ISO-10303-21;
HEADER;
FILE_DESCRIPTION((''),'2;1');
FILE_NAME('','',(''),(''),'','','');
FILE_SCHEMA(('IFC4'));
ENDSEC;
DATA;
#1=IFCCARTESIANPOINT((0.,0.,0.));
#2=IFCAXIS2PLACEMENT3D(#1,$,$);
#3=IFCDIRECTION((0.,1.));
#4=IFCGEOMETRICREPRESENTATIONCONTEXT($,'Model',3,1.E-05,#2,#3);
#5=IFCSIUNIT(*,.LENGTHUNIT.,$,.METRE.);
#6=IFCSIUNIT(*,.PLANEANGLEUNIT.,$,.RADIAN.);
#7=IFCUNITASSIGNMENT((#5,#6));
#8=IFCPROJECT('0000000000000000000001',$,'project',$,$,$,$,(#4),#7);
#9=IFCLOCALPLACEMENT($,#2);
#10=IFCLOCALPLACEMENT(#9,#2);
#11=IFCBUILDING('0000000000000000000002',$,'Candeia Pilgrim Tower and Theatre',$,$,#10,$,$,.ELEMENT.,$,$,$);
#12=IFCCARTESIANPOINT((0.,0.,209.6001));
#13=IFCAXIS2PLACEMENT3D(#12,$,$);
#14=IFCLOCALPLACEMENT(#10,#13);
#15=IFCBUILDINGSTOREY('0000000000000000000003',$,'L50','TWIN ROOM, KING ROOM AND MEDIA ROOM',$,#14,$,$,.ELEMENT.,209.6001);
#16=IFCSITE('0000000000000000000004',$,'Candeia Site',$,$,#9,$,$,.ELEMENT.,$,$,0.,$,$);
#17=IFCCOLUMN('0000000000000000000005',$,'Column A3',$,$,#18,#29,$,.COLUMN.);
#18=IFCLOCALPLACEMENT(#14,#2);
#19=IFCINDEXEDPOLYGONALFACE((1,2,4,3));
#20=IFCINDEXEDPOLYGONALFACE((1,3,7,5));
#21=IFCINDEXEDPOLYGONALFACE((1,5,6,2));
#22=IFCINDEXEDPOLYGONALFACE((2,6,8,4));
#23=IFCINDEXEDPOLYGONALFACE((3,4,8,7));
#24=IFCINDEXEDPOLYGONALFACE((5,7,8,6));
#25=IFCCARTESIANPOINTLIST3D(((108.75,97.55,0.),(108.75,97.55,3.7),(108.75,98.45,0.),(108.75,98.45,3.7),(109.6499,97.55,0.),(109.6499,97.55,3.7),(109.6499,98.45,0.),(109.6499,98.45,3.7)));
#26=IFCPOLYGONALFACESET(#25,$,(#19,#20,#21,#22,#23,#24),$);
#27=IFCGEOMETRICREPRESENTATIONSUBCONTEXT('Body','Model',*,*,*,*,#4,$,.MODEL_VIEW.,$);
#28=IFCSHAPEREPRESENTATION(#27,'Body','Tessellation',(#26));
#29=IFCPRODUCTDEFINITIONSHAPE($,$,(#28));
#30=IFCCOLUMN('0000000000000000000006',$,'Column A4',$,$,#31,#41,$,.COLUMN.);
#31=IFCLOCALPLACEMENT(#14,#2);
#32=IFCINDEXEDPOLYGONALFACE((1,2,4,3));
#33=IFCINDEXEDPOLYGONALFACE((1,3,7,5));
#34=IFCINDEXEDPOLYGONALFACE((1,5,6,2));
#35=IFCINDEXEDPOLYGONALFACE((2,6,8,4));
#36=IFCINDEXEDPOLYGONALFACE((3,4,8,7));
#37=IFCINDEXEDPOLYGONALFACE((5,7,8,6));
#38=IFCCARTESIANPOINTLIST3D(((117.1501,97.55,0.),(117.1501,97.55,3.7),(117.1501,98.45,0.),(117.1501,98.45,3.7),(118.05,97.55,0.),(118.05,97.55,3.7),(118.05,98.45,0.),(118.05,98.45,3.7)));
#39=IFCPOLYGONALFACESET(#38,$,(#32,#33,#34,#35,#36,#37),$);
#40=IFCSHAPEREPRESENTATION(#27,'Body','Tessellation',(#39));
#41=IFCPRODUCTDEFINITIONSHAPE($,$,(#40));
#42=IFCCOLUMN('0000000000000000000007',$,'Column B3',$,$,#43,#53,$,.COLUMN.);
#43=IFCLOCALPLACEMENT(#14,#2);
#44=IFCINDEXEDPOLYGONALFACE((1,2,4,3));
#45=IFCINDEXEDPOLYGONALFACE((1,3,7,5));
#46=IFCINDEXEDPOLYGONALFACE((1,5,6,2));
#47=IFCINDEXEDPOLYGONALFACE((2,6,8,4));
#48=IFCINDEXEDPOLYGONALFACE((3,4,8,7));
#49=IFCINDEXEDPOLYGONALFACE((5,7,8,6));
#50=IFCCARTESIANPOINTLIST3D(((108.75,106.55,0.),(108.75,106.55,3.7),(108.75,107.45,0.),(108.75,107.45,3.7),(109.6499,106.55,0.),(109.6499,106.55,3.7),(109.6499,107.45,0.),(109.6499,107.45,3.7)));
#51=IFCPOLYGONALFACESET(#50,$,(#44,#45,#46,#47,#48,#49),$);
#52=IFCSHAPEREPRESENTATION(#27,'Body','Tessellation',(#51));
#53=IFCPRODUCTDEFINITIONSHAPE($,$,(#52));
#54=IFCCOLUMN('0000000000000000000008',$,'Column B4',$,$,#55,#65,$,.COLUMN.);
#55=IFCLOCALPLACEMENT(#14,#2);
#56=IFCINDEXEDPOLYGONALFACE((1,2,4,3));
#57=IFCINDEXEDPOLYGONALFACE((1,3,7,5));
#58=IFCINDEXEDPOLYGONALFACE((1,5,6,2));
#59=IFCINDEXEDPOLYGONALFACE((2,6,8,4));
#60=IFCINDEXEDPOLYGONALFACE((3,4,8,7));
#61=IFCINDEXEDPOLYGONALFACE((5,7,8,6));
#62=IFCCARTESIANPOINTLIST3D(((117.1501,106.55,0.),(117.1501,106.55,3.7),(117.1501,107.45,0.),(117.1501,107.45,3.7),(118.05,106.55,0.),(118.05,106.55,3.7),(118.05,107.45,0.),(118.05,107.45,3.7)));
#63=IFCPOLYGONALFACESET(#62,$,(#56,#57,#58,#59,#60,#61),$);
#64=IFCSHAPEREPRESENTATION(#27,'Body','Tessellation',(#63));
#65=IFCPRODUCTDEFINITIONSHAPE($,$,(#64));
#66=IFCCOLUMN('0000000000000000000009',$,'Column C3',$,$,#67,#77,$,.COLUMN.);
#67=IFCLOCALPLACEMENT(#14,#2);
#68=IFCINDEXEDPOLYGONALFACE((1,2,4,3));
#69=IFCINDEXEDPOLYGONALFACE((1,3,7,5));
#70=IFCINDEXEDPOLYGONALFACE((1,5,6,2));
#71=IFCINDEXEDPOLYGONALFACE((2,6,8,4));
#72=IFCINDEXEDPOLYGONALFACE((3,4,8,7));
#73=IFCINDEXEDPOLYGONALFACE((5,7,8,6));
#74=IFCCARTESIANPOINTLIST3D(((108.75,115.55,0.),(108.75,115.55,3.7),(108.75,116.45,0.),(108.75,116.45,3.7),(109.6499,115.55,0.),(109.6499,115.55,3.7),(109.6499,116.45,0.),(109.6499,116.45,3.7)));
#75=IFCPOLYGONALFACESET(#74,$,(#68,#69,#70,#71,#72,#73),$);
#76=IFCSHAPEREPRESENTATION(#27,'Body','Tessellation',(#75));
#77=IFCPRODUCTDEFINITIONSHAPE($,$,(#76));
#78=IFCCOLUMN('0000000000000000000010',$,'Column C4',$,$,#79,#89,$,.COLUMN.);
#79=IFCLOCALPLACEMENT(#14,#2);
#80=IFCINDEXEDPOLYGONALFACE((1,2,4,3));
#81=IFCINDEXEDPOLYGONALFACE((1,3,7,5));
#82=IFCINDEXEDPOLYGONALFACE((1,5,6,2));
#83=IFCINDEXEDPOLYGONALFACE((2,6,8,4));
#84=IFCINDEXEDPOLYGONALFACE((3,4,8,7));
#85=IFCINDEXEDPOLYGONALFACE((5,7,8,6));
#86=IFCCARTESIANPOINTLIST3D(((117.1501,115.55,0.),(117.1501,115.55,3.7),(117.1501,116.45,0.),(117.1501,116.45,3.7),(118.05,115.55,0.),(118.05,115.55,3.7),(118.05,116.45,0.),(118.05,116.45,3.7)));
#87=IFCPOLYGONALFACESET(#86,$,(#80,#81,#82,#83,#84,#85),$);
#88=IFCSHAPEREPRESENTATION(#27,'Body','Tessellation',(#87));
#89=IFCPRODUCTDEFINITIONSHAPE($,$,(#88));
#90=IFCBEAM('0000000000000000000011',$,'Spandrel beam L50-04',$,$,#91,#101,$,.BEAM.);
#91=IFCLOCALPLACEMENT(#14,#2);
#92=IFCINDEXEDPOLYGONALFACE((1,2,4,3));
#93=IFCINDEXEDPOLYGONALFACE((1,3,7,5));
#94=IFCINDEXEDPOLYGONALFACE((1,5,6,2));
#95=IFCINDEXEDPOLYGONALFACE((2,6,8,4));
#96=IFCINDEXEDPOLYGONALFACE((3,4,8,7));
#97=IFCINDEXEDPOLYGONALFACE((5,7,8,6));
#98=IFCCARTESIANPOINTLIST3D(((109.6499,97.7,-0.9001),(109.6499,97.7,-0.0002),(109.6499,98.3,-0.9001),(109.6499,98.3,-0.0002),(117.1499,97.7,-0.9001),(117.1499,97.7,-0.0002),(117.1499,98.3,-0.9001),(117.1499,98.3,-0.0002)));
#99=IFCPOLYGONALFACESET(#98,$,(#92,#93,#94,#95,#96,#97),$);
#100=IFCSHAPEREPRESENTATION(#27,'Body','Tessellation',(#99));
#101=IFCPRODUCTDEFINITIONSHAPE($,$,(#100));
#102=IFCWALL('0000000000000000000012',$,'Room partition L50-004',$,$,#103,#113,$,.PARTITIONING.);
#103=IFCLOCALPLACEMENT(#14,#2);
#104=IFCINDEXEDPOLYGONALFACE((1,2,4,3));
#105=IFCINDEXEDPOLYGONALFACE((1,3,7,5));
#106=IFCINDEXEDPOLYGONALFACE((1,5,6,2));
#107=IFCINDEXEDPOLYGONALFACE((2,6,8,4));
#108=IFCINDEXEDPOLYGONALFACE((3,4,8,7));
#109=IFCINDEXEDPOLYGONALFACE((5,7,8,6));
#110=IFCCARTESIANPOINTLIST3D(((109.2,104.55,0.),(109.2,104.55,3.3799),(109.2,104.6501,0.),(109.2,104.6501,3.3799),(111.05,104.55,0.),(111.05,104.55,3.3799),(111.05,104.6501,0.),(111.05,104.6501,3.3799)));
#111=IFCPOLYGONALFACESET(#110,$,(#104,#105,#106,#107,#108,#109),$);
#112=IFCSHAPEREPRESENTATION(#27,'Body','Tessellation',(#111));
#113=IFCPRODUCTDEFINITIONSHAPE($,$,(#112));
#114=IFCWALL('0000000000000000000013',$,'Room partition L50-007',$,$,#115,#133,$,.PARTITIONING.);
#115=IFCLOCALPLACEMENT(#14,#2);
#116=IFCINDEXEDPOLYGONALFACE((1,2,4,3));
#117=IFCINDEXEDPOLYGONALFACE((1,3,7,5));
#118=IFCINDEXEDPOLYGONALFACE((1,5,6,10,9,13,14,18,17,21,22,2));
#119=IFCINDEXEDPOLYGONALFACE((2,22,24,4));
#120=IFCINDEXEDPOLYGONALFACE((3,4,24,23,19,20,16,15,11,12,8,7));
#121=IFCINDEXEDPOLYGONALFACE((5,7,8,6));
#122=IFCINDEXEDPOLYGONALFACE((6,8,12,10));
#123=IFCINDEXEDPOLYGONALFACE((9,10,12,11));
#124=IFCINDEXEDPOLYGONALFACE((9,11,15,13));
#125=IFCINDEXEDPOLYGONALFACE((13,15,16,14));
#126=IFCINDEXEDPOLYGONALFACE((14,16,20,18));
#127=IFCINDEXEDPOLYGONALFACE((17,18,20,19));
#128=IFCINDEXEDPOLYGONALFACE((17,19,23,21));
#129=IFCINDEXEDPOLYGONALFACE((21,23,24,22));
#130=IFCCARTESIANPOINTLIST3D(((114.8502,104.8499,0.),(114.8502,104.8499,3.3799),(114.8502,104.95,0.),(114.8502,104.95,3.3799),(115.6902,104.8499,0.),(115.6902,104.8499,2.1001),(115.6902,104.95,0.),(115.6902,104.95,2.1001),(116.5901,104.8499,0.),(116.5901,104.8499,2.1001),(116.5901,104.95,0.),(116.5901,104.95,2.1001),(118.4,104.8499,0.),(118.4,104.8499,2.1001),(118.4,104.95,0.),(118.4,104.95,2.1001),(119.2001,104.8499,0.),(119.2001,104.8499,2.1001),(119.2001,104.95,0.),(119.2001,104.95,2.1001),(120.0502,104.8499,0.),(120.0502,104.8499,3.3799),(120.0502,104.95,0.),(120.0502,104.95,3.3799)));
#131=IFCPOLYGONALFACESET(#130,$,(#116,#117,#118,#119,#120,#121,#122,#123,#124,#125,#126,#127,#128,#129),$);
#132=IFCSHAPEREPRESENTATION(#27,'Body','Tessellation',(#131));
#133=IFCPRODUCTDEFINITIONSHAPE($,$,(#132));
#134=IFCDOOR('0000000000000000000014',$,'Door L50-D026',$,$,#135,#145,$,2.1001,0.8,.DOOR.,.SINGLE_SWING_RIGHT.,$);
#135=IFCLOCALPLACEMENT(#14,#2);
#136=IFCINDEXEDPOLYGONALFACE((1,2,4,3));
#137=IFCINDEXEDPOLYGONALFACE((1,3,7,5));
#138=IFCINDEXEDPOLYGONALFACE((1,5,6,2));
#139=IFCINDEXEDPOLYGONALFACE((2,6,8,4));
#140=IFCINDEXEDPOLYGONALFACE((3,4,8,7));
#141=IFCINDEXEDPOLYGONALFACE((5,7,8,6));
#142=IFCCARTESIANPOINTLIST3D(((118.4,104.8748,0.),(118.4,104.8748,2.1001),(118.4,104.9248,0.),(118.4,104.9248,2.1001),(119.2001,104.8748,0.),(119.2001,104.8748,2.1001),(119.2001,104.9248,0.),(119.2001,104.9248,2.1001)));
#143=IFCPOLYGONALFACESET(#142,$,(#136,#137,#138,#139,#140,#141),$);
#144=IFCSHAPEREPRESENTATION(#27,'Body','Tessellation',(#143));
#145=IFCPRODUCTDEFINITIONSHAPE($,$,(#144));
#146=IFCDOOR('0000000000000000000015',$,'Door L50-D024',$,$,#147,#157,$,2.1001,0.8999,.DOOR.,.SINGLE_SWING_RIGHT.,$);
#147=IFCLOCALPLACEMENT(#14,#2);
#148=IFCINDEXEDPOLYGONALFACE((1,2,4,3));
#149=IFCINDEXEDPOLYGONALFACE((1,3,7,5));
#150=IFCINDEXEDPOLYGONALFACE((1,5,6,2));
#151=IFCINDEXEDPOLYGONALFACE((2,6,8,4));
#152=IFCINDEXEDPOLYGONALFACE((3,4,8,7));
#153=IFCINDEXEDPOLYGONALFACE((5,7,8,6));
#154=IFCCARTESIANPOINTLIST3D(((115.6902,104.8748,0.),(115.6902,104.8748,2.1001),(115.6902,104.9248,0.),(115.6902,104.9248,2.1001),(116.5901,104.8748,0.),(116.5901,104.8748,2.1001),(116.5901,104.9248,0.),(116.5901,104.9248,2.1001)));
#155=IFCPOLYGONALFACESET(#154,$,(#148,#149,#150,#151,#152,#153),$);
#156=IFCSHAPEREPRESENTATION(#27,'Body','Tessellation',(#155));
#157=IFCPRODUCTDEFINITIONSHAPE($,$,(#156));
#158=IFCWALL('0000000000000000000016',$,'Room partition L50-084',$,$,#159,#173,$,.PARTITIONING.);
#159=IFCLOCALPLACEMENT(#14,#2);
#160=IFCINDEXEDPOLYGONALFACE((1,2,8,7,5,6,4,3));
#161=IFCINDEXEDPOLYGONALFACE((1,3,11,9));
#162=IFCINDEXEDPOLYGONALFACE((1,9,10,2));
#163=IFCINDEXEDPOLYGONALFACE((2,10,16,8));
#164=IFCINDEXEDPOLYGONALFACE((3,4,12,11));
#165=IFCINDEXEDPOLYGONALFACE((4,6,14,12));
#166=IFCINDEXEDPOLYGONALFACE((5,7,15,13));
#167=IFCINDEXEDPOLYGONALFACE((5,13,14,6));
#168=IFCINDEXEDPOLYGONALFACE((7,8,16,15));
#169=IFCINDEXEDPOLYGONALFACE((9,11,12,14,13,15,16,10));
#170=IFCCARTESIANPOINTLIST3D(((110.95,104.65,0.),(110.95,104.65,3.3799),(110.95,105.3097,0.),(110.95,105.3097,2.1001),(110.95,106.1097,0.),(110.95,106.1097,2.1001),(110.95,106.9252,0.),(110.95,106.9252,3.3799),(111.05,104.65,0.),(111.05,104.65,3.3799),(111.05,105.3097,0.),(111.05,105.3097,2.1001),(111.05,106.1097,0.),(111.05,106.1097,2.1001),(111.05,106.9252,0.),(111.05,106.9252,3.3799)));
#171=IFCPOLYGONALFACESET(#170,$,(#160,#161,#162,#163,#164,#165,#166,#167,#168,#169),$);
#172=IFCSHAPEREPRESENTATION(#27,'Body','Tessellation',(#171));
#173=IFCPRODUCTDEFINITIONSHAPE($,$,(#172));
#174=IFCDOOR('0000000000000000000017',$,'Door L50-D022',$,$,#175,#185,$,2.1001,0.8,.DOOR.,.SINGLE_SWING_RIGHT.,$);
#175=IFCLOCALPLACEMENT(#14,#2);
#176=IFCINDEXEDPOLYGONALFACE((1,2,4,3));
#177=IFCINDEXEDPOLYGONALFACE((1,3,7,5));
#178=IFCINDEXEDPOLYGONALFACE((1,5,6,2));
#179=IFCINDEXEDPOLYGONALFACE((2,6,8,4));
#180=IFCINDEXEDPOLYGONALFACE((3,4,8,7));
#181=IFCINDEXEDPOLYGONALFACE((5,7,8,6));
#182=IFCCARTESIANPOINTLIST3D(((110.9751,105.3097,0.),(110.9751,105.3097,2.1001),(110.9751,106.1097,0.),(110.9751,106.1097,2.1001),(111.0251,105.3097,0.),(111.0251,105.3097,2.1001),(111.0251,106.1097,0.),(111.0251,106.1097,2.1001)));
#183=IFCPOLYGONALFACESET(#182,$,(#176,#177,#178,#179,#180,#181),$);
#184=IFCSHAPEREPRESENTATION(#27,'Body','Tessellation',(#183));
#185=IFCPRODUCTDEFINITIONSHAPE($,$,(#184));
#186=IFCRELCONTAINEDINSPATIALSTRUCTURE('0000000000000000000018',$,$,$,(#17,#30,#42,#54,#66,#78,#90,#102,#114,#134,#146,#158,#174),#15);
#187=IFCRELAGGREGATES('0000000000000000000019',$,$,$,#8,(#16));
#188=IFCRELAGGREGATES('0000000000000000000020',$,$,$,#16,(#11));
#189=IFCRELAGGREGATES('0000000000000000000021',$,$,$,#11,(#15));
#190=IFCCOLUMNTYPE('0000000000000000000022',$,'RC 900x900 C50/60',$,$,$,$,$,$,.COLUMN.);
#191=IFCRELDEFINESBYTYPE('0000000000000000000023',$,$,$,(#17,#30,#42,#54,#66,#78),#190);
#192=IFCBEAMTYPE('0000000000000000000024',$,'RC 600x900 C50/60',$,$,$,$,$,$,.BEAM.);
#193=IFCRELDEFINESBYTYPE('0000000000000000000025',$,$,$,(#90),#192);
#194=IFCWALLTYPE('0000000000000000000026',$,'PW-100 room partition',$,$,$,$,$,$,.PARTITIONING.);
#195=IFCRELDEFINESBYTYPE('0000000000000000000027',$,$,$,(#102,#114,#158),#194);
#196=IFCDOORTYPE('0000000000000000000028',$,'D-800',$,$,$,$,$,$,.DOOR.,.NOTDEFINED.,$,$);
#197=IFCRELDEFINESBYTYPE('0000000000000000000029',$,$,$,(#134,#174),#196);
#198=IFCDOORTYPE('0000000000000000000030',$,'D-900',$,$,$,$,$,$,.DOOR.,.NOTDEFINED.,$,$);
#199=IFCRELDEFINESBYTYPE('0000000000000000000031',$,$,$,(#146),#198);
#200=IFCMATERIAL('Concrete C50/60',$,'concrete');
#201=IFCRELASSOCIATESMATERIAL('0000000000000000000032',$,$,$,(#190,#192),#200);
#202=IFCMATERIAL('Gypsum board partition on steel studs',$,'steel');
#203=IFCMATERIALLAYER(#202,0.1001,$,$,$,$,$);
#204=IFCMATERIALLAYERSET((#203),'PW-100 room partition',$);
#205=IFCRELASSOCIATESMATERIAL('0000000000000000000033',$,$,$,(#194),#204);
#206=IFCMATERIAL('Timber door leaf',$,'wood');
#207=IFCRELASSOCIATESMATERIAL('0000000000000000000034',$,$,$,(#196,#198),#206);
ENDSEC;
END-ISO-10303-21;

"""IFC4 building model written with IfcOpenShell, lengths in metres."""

from ifc_helpers import new_model, si_unit, direction, frame, frame_2d, origin, origin_2d, place, context, subcontext, project, spatial, rectangle, extrude, material, layer, layer_set, material_profile, profile_set, type_object, element, fill, save


model = new_model("IFC4")

# Units and contexts
model_context = context("Model", 3, precision=1e-05, world=origin(), true_north=direction((0.0, 1.0)))
body_context = subcontext(model_context, "Body", "Model", "MODEL_VIEW")
ifc_project = project(units=[si_unit("LENGTHUNIT", "METRE"), si_unit("PLANEANGLEUNIT", "RADIAN")], contexts=[model_context])

# Site, building, storey
site_placement = place(None, origin())
site = spatial("IfcSite", under=ifc_project, at=site_placement, Name="Candeia Site", CompositionType="ELEMENT", RefElevation=0.0)
building_placement = place(site_placement, origin())
building = spatial("IfcBuilding", under=site, at=building_placement, Name="Candeia Pilgrim Tower and Theatre", CompositionType="ELEMENT")
storey_placement = place(building_placement, frame((0.0, 0.0, 209.6001)))
storey = spatial("IfcBuildingStorey", under=building, at=storey_placement, Name="L50", Description="TWIN ROOM, KING ROOM AND MEDIA ROOM", CompositionType="ELEMENT", Elevation=209.6001)

# Columns
ifc_material_1 = material(Name="Concrete C50/60", Category="concrete")
ifc_material_profile_1 = material_profile(ifc_material_1, rectangle(XDim=0.8999, YDim=0.8999, at=origin_2d()))
ifc_profile_set_1 = profile_set([ifc_material_profile_1], Name="Concrete C50/60")
column_type = type_object("IfcColumnType", Name="RC 900x900 C50/60", PredefinedType="COLUMN", material=ifc_profile_set_1)
for number, where, z_axis, x_axis, name in (
    (1, (109.2, 98.0, 0.0), (0.0, 0.0, 1.0), (1.0, 0.0, 0.0), "Column A3"),
    (2, (117.6001, 98.0, 0.0), (0.0, 0.0, 1.0), (1.0, 0.0, 0.0), "Column A4"),
    (3, (109.2, 107.0, 0.0), (0.0, 0.0, 1.0), (1.0, 0.0, 0.0), "Column B3"),
    (4, (117.6001, 107.0, 0.0), (0.0, 0.0, 1.0), (1.0, 0.0, 0.0), "Column B4"),
    (5, (109.2, 116.0, 0.0), (0.0, 0.0, 1.0), (1.0, 0.0, 0.0), "Column C3"),
    (6, (117.6001, 116.0, 0.0), (0.0, 0.0, 1.0), (1.0, 0.0, 0.0), "Column C4"),
):
    element("IfcColumn", number, at=place(storey_placement, frame(where, z_axis=z_axis, x_axis=x_axis)), inside=storey, type_object=column_type, Name=name, PredefinedType="COLUMN", context=body_context, shape_type="SweptSolid", body=[
        extrude(rectangle(XDim=0.8999, YDim=0.8999, at=origin_2d()), origin(), (0.0, 0.0, 1.0), 3.7),
    ])

# Beam
ifc_material_profile_2 = material_profile(ifc_material_1, rectangle(XDim=0.6001, YDim=0.8999, at=origin_2d()))
ifc_profile_set_2 = profile_set([ifc_material_profile_2], Name="Concrete C50/60")
beam_type = type_object("IfcBeamType", Name="RC 600x900 C50/60", PredefinedType="BEAM", material=ifc_profile_set_2)
beam_placement = place(storey_placement, frame((109.6499, 98.0, -0.4502), z_axis=(1.0, 0.0, 0.0), x_axis=(0.0, 1.0, 0.0)))
element("IfcBeam", 7, at=beam_placement, inside=storey, type_object=beam_type, Name="Spandrel beam L50-04", PredefinedType="BEAM", context=body_context, shape_type="SweptSolid", body=[
    extrude(rectangle(XDim=0.6001, YDim=0.8999, at=origin_2d()), origin(), (0.0, 0.0, 1.0), 7.5),
])

# Wall
ifc_material_2 = material(Name="Gypsum board partition on steel studs", Category="steel")
ifc_layer_1 = layer(ifc_material_2, 0.1001)
ifc_layer_set_1 = layer_set([ifc_layer_1], Name="PW-100 room partition")
wall_type_1 = type_object("IfcWallType", Name="PW-100 room partition", PredefinedType="PARTITIONING", material=ifc_layer_set_1)
wall_1_placement = place(storey_placement, frame((109.2, 104.6001, 0.0), z_axis=(0.0, 0.0, 1.0), x_axis=(1.0, 0.0, 0.0)))
element("IfcWall", 8, at=wall_1_placement, inside=storey, type_object=wall_type_1, Name="Room partition L50-004", PredefinedType="PARTITIONING", context=body_context, shape_type="SweptSolid", body=[
    extrude(rectangle(XDim=1.8501, YDim=0.1001, at=frame_2d((0.925, 0.0))), origin(), (0.0, 0.0, 1.0), 3.3799),
])

# Wall, openings, doors
wall_2_placement = place(storey_placement, frame((114.8501, 104.8999, 0.0), z_axis=(0.0, 0.0, 1.0), x_axis=(1.0, 0.0, 0.0)))
wall_2 = element("IfcWall", 9, at=wall_2_placement, inside=storey, type_object=wall_type_1, Name="Room partition L50-007", PredefinedType="PARTITIONING", context=body_context, shape_type="SweptSolid", body=[
    extrude(rectangle(XDim=5.2, YDim=0.1001, at=frame_2d((2.6001, 0.0))), origin(), (0.0, 0.0, 1.0), 3.3799),
])
opening_1_placement = place(wall_2_placement, frame((0.8401, 0.0, 0.0)))
opening_1 = element("IfcOpeningElement", 10, at=opening_1_placement, cuts=wall_2, PredefinedType="OPENING", context=body_context, shape_type="SweptSolid", body=[
    extrude(rectangle(XDim=0.8999, YDim=2.1001, at=frame_2d((0.45, 1.05))), frame((0.0, 0.0601, 0.0), z_axis=(0.0, -1.0, 0.0), x_axis=(1.0, 0.0, 0.0)), (0.0, 0.0, 1.0), 0.1201),
])
opening_2_placement = place(wall_2_placement, frame((3.55, 0.0, 0.0)))
opening_2 = element("IfcOpeningElement", 11, at=opening_2_placement, cuts=wall_2, PredefinedType="OPENING", context=body_context, shape_type="SweptSolid", body=[
    extrude(rectangle(XDim=0.8, YDim=2.1001, at=frame_2d((0.3999, 1.05))), frame((0.0, 0.0601, 0.0), z_axis=(0.0, -1.0, 0.0), x_axis=(1.0, 0.0, 0.0)), (0.0, 0.0, 1.0), 0.1201),
])
ifc_material_3 = material(Name="Timber door leaf", Category="wood")
door_type_1 = type_object("IfcDoorType", Name="D-800", OperationType="NOTDEFINED", PredefinedType="DOOR", material=ifc_material_3)
door_1_placement = place(opening_2_placement, origin())
door_1 = element("IfcDoor", 12, at=door_1_placement, inside=storey, type_object=door_type_1, Name="Door L50-D026", OperationType="SINGLE_SWING_RIGHT", OverallHeight=2.1001, OverallWidth=0.8, PredefinedType="DOOR", context=body_context, shape_type="SweptSolid", body=[
    extrude(rectangle(XDim=0.8, YDim=2.1001, at=frame_2d((0.3999, 1.05))), frame((0.0, 0.0249, 0.0), z_axis=(0.0, -1.0, 0.0), x_axis=(1.0, 0.0, 0.0)), (0.0, 0.0, 1.0), 0.05),
])
fill(opening_2, door_1)
door_type_2 = type_object("IfcDoorType", Name="D-900", OperationType="NOTDEFINED", PredefinedType="DOOR", material=ifc_material_3)
door_2_placement = place(opening_1_placement, origin())
door_2 = element("IfcDoor", 13, at=door_2_placement, inside=storey, type_object=door_type_2, Name="Door L50-D024", OperationType="SINGLE_SWING_RIGHT", OverallHeight=2.1001, OverallWidth=0.8999, PredefinedType="DOOR", context=body_context, shape_type="SweptSolid", body=[
    extrude(rectangle(XDim=0.8999, YDim=2.1001, at=frame_2d((0.45, 1.05))), frame((0.0, 0.0249, 0.0), z_axis=(0.0, -1.0, 0.0), x_axis=(1.0, 0.0, 0.0)), (0.0, 0.0, 1.0), 0.05),
])
fill(opening_1, door_2)

# Wall, opening, door
wall_3_placement = place(storey_placement, frame((111.0, 104.6499, 0.0), z_axis=(0.0, 0.0, 1.0), x_axis=(0.0, 1.0, 0.0)))
wall_3 = element("IfcWall", 14, at=wall_3_placement, inside=storey, type_object=wall_type_1, Name="Room partition L50-084", PredefinedType="PARTITIONING", context=body_context, shape_type="SweptSolid", body=[
    extrude(rectangle(XDim=2.2751, YDim=0.1001, at=frame_2d((1.1377, 0.0))), origin(), (0.0, 0.0, 1.0), 3.3799),
])
opening_3_placement = place(wall_3_placement, frame((0.6599, 0.0, 0.0)))
opening_3 = element("IfcOpeningElement", 15, at=opening_3_placement, cuts=wall_3, PredefinedType="OPENING", context=body_context, shape_type="SweptSolid", body=[
    extrude(rectangle(XDim=0.8, YDim=2.1001, at=frame_2d((0.3999, 1.05))), frame((0.0, 0.0601, 0.0), z_axis=(0.0, -1.0, 0.0), x_axis=(1.0, 0.0, 0.0)), (0.0, 0.0, 1.0), 0.1201),
])
door_3_placement = place(opening_3_placement, origin())
door_3 = element("IfcDoor", 16, at=door_3_placement, inside=storey, type_object=door_type_1, Name="Door L50-D022", OperationType="SINGLE_SWING_RIGHT", OverallHeight=2.1001, OverallWidth=0.8, PredefinedType="DOOR", context=body_context, shape_type="SweptSolid", body=[
    extrude(rectangle(XDim=0.8, YDim=2.1001, at=frame_2d((0.3999, 1.05))), frame((0.0, 0.0249, 0.0), z_axis=(0.0, -1.0, 0.0), x_axis=(1.0, 0.0, 0.0)), (0.0, 0.0, 1.0), 0.05),
])
fill(opening_3, door_3)

save(model, "model.ifc")
